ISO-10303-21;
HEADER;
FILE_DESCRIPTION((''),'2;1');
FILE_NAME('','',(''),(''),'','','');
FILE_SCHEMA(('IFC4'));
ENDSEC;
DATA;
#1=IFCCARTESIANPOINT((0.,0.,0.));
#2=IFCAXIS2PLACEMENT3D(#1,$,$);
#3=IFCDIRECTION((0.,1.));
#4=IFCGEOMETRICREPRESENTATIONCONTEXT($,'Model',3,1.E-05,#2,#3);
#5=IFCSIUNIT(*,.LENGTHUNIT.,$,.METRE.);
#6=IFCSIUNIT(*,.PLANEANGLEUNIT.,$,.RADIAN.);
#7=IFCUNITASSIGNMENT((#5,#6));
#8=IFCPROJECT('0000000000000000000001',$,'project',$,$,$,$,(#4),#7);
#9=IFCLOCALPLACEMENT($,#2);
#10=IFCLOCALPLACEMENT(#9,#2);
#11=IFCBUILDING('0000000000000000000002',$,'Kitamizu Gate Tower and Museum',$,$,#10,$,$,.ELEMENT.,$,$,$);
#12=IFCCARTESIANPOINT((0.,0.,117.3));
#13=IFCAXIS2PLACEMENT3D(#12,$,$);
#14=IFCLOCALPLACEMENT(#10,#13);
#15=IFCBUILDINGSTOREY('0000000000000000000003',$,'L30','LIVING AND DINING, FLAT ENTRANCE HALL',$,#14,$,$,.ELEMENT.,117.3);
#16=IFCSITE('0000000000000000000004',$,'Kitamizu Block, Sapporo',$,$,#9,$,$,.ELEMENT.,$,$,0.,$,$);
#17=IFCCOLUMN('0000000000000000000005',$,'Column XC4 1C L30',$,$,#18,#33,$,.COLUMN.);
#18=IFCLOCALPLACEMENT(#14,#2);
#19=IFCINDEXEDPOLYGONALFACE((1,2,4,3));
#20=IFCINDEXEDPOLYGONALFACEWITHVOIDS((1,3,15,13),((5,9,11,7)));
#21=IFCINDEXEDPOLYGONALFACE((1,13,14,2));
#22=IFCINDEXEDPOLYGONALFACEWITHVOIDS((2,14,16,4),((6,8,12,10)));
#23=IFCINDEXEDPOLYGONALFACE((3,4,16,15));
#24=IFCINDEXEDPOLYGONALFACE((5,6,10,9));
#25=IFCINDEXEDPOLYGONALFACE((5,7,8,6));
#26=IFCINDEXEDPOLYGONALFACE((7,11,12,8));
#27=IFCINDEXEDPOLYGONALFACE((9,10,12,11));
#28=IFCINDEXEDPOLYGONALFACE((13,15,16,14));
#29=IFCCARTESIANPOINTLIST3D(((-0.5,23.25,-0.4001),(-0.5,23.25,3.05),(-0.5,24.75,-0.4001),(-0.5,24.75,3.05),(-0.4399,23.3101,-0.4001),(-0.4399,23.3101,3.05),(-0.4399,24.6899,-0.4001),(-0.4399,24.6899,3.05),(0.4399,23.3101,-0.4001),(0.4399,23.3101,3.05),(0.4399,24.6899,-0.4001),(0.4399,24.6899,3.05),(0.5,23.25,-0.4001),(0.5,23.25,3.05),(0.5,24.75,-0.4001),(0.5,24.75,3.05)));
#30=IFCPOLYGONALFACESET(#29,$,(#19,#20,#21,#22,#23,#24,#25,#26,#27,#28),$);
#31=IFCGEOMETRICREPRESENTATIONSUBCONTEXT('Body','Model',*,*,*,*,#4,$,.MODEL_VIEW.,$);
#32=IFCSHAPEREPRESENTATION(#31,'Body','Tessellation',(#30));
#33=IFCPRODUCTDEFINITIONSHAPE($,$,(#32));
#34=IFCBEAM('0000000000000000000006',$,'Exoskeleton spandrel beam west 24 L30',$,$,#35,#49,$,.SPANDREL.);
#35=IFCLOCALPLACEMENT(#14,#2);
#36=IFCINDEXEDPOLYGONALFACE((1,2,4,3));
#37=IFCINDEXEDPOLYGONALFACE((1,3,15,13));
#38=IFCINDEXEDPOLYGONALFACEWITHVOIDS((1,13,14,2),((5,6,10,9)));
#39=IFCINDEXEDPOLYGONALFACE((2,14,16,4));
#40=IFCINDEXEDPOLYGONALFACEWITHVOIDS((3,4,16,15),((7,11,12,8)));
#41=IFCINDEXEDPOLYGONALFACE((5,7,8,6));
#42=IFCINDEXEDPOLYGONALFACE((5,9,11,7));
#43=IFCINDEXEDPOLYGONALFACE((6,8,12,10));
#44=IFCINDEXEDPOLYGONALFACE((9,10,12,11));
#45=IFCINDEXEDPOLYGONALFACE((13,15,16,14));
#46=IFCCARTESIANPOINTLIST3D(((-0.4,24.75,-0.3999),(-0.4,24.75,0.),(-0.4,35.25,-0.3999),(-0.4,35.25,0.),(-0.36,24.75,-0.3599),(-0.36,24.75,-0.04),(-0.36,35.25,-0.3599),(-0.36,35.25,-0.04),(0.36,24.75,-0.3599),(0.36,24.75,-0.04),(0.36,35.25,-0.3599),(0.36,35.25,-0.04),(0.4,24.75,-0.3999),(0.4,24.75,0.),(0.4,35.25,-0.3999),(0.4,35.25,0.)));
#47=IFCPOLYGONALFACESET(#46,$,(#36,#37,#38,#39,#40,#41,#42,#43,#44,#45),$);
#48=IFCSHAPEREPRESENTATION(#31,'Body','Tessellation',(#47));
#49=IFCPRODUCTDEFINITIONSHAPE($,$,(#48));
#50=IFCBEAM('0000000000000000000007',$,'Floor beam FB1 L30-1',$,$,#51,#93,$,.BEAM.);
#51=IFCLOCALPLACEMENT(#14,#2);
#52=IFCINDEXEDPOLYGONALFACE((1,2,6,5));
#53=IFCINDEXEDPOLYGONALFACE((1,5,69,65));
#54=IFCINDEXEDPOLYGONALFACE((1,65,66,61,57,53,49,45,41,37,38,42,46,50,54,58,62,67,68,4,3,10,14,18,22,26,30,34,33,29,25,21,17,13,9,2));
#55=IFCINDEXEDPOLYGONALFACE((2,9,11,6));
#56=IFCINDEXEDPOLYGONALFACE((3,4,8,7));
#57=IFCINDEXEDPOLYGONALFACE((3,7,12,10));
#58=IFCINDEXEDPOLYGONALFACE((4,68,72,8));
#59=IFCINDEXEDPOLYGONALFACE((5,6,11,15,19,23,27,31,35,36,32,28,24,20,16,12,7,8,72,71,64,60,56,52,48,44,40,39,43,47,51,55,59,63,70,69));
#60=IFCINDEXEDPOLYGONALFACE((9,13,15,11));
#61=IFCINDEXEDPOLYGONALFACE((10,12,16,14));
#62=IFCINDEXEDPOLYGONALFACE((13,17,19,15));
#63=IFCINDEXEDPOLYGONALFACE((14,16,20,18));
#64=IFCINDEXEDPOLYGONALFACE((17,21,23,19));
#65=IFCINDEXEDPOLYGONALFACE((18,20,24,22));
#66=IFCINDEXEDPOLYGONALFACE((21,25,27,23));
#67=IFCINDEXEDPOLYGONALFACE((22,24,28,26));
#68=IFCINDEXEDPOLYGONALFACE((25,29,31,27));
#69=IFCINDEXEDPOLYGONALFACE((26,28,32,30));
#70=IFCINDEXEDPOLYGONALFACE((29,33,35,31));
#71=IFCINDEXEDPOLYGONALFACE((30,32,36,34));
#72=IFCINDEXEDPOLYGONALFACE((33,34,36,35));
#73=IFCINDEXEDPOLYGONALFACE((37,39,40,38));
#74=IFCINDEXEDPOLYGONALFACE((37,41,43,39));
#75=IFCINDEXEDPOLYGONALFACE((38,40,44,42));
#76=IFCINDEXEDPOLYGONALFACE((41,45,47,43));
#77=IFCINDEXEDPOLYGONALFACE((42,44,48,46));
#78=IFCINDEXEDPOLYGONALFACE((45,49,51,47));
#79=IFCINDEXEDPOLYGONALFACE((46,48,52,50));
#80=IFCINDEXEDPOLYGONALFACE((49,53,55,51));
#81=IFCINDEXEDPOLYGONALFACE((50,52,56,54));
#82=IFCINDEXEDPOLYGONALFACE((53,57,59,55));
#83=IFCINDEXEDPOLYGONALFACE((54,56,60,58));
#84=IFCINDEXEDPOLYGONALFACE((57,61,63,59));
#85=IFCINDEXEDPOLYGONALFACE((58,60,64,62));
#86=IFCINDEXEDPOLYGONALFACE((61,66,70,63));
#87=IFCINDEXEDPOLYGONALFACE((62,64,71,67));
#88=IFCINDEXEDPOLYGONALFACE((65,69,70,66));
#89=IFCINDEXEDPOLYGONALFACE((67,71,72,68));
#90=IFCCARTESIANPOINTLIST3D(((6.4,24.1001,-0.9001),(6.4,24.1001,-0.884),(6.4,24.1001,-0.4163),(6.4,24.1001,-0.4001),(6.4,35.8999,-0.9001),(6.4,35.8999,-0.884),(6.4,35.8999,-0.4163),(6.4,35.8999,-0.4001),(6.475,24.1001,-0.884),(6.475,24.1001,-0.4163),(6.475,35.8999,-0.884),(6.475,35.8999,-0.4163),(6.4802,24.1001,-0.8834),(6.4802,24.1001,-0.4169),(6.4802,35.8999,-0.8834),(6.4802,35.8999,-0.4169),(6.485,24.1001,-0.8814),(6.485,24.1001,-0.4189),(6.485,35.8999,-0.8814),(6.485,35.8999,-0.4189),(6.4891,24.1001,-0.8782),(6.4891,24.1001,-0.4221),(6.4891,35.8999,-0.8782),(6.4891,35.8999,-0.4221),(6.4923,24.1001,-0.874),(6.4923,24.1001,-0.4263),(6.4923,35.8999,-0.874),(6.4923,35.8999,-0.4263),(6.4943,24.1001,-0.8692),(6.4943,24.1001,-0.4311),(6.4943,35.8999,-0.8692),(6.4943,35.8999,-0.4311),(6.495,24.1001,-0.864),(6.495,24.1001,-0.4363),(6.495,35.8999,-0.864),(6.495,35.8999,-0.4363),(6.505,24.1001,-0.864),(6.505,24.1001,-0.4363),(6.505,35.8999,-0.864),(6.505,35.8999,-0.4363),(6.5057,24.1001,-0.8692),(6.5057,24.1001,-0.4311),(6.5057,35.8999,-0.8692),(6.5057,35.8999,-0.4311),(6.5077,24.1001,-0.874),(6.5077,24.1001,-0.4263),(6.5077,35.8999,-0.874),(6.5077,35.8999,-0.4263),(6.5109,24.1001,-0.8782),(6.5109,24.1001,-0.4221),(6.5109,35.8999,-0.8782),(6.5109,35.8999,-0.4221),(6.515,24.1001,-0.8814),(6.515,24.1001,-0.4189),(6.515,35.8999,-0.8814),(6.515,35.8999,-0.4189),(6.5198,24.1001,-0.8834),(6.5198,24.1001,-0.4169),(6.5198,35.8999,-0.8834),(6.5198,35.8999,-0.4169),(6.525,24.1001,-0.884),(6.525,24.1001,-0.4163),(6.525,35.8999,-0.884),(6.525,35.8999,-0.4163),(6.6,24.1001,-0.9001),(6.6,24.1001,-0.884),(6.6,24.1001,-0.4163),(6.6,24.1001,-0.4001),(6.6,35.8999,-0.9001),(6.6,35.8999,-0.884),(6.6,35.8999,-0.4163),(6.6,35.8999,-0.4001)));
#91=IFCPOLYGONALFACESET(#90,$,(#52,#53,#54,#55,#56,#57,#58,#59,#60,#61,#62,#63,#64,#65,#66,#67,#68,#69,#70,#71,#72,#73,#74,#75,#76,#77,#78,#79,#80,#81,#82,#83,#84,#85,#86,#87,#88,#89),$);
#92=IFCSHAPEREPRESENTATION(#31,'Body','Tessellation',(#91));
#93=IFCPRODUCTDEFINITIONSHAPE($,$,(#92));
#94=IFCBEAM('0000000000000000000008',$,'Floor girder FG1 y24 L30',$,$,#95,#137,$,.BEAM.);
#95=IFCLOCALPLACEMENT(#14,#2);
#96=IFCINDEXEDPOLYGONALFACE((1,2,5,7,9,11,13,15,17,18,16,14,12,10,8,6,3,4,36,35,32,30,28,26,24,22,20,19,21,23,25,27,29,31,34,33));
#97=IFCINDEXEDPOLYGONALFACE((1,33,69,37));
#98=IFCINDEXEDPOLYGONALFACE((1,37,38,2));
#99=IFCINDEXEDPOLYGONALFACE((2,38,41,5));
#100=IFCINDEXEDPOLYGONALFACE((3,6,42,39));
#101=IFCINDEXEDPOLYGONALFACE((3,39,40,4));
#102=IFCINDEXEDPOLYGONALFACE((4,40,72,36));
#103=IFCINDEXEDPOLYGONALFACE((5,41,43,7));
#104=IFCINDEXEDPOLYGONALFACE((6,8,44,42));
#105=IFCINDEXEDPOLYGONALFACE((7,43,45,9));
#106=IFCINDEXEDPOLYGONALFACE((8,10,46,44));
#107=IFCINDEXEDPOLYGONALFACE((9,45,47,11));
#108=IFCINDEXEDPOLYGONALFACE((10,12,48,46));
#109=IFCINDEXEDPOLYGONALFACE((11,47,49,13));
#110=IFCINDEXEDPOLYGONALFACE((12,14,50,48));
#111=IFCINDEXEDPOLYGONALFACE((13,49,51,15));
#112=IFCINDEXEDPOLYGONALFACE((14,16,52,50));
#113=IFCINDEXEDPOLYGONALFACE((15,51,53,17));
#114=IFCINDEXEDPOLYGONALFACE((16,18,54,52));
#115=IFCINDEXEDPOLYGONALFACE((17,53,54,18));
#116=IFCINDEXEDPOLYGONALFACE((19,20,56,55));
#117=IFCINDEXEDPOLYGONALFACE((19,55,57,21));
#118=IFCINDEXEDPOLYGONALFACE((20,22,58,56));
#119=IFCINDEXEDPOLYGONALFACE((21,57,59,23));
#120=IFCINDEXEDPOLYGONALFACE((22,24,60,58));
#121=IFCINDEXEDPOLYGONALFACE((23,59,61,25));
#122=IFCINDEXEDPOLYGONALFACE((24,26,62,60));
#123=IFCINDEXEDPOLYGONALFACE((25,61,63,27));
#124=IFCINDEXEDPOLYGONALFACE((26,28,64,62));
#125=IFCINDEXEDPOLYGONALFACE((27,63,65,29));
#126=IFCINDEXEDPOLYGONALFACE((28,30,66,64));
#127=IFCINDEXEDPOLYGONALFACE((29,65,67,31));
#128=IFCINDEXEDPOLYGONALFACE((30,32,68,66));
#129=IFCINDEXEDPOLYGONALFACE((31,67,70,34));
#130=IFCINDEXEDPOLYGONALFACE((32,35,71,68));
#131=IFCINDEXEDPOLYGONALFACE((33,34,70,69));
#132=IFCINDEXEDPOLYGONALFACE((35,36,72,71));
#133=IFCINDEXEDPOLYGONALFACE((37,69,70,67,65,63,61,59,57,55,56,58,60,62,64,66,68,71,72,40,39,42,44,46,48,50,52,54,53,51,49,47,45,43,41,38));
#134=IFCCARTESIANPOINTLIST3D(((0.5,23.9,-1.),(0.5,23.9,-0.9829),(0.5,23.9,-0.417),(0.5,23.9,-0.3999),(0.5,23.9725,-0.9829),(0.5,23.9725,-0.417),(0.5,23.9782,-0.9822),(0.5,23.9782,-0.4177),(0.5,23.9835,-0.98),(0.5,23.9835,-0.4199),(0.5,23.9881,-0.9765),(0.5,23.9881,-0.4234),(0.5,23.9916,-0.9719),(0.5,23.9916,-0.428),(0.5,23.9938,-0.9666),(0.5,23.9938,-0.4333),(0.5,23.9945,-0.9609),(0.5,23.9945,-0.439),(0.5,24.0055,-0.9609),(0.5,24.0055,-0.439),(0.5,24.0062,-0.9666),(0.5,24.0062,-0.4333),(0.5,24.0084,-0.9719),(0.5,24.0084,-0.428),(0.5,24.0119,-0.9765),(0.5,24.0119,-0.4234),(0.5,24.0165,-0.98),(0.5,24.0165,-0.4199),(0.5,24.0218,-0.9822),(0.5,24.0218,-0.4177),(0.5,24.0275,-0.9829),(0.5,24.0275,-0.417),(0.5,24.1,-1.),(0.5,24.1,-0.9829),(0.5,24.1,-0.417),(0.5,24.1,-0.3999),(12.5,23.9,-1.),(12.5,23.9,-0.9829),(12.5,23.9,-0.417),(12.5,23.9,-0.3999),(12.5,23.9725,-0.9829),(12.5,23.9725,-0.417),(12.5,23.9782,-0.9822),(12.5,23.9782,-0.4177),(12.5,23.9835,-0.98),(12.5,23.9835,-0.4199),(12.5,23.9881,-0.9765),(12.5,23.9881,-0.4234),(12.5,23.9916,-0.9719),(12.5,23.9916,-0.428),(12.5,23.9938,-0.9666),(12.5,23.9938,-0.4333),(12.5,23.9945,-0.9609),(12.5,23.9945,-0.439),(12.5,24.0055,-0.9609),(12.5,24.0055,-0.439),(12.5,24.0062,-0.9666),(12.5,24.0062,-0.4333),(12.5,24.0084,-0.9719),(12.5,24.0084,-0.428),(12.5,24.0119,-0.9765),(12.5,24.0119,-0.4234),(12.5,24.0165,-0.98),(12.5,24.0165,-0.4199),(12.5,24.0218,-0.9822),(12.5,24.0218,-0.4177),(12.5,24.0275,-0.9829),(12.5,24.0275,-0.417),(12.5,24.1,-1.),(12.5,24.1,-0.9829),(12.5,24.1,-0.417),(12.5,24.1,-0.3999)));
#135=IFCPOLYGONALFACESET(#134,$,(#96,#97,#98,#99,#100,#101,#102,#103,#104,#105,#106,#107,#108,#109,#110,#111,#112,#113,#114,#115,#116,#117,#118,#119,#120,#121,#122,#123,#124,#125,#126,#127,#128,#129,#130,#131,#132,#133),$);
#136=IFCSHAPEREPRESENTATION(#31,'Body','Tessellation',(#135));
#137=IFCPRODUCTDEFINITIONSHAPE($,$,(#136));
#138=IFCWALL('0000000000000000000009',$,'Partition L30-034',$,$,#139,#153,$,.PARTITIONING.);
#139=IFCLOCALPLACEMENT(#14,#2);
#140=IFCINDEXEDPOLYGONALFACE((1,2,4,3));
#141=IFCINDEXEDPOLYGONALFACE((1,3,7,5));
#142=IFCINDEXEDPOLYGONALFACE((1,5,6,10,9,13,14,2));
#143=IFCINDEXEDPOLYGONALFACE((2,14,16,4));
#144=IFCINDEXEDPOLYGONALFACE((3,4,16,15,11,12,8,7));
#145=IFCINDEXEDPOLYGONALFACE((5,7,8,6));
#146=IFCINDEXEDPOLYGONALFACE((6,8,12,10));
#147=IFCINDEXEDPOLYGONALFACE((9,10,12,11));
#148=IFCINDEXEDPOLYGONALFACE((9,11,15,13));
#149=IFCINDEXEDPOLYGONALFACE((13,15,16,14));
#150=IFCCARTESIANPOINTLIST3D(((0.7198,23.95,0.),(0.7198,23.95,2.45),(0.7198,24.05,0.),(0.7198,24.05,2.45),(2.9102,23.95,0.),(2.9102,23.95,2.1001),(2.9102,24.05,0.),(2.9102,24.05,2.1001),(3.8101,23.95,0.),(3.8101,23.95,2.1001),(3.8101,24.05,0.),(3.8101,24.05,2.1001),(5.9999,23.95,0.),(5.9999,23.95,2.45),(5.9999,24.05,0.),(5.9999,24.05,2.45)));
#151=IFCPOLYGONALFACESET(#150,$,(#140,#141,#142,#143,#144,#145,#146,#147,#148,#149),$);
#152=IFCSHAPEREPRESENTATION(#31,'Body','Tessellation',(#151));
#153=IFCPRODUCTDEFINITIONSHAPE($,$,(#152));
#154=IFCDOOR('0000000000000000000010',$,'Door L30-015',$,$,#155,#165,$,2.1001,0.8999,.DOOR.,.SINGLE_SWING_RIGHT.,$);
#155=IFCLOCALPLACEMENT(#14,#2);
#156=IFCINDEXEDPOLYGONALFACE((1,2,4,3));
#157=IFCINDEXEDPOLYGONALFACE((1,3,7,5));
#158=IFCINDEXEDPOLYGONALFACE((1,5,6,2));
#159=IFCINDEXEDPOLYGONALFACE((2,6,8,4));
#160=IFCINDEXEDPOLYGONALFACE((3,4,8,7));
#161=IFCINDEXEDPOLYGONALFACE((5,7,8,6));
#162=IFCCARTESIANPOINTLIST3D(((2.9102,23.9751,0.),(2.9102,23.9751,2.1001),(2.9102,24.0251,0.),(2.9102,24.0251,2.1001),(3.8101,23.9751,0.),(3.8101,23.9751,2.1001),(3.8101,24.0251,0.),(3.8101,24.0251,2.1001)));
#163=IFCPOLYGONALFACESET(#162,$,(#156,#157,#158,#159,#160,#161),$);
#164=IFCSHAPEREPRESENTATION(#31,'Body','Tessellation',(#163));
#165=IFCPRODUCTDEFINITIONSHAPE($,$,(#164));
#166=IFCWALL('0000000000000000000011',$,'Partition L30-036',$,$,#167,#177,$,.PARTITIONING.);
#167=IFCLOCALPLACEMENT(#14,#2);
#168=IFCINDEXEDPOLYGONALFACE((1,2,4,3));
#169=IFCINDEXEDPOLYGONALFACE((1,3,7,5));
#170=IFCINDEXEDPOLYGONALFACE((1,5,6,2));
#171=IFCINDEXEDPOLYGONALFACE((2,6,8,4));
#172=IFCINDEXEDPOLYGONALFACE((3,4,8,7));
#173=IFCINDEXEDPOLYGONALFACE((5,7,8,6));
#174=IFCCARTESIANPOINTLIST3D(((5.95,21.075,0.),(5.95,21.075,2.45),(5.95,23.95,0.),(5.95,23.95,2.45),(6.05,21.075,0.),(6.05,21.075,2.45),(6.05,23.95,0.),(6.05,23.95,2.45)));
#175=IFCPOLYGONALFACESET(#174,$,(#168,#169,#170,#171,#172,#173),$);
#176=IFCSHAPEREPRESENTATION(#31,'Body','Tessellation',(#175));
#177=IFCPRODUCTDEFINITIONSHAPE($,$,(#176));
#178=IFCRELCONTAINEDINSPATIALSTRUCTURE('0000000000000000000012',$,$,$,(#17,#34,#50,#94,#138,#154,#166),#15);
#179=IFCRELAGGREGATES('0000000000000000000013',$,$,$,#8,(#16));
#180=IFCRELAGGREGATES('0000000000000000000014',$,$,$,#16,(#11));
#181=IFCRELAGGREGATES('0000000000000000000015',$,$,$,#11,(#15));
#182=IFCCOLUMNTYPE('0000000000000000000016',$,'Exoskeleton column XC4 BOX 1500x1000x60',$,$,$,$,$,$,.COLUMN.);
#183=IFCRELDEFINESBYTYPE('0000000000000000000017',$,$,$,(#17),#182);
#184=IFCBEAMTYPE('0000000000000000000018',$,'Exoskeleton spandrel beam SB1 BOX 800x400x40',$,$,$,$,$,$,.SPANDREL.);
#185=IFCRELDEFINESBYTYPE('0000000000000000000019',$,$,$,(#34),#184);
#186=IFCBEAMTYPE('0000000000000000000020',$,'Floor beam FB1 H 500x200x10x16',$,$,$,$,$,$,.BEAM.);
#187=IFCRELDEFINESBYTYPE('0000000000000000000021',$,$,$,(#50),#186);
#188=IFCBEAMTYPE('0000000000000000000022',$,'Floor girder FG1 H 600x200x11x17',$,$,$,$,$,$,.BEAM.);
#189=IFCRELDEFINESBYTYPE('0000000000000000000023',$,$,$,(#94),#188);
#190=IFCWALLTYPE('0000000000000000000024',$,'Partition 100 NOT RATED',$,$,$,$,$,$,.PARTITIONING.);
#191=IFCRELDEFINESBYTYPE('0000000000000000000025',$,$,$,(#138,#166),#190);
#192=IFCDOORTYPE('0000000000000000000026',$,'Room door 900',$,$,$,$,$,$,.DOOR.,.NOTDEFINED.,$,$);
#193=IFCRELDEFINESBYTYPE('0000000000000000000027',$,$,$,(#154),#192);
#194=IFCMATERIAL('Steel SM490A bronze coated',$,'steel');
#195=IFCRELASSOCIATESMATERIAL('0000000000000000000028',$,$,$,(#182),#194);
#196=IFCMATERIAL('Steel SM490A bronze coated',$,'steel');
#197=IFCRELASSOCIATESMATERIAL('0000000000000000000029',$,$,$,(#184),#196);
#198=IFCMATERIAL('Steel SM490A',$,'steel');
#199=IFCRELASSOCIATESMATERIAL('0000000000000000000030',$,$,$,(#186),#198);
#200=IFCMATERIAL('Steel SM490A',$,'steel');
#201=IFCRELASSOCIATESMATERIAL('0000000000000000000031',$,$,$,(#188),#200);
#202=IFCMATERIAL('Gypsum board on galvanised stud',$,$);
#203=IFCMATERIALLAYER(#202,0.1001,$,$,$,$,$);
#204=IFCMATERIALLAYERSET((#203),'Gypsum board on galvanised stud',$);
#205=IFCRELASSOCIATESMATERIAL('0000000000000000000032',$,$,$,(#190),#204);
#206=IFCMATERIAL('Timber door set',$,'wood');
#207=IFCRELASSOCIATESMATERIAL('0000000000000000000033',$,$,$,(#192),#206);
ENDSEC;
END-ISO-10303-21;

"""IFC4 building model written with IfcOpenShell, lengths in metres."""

from ifc_helpers import new_model, si_unit, direction, frame, frame_2d, origin, origin_2d, place, context, subcontext, project, spatial, rectangle, hollow_rectangle, i_section, extrude, material, layer, layer_set, material_profile, profile_set, type_object, element, fill, save


model = new_model("IFC4")

# Units and contexts
model_context = context("Model", 3, precision=1e-05, world=origin(), true_north=direction((0.0, 1.0)))
body_context = subcontext(model_context, "Body", "Model", "MODEL_VIEW")
ifc_project = project(units=[si_unit("LENGTHUNIT", "METRE"), si_unit("PLANEANGLEUNIT", "RADIAN")], contexts=[model_context])

# Site, building, storey
site_placement = place(None, origin())
site = spatial("IfcSite", under=ifc_project, at=site_placement, Name="Kitamizu Block, Sapporo", CompositionType="ELEMENT", RefElevation=0.0)
building_placement = place(site_placement, origin())
building = spatial("IfcBuilding", under=site, at=building_placement, Name="Kitamizu Gate Tower and Museum", CompositionType="ELEMENT")
storey_placement = place(building_placement, frame((0.0, 0.0, 117.3)))
storey = spatial("IfcBuildingStorey", under=building, at=storey_placement, Name="L30", Description="LIVING AND DINING, FLAT ENTRANCE HALL", CompositionType="ELEMENT", Elevation=117.3)

# Column
ifc_material_1 = material(Name="Steel SM490A bronze coated", Category="steel")
ifc_material_profile_1 = material_profile(ifc_material_1, hollow_rectangle(XDim=1.5, YDim=1.0, WallThickness=0.0601, at=origin_2d()), Name="BOX 1500x1000x60")
ifc_profile_set_1 = profile_set([ifc_material_profile_1], Name="Steel SM490A bronze coated")
column_type = type_object("IfcColumnType", Name="Exoskeleton column XC4 BOX 1500x1000x60", PredefinedType="COLUMN", material=ifc_profile_set_1)
column_placement = place(storey_placement, frame((0.0, 24.0, -0.4001), z_axis=(0.0, 0.0, 1.0), x_axis=(0.0, 1.0, 0.0)))
element("IfcColumn", 1, at=column_placement, inside=storey, type_object=column_type, Name="Column XC4 1C L30", PredefinedType="COLUMN", context=body_context, shape_type="SweptSolid", body=[
    extrude(hollow_rectangle(XDim=1.5, YDim=1.0, WallThickness=0.0601, at=origin_2d()), origin(), (0.0, 0.0, 1.0), 3.4502),
])

# Beams
ifc_material_2 = material(Name="Steel SM490A bronze coated", Category="steel")
ifc_material_profile_2 = material_profile(ifc_material_2, hollow_rectangle(XDim=0.8, YDim=0.3999, WallThickness=0.04, at=origin_2d()), Name="BOX 800x400x40")
ifc_profile_set_2 = profile_set([ifc_material_profile_2], Name="Steel SM490A bronze coated")
beam_type_1 = type_object("IfcBeamType", Name="Exoskeleton spandrel beam SB1 BOX 800x400x40", PredefinedType="SPANDREL", material=ifc_profile_set_2)
beam_1_placement = place(storey_placement, frame((0.0, 24.75, -0.2), z_axis=(0.0, 1.0, 0.0), x_axis=(-1.0, 0.0, 0.0)))
element("IfcBeam", 2, at=beam_1_placement, inside=storey, type_object=beam_type_1, Name="Exoskeleton spandrel beam west 24 L30", PredefinedType="SPANDREL", context=body_context, shape_type="SweptSolid", body=[
    extrude(hollow_rectangle(XDim=0.8, YDim=0.3999, WallThickness=0.04, at=origin_2d()), origin(), (0.0, 0.0, 1.0), 10.5),
])
ifc_material_3 = material(Name="Steel SM490A", Category="steel")
ifc_material_profile_3 = material_profile(ifc_material_3, i_section(OverallWidth=0.2, OverallDepth=0.5, WebThickness=0.01, FlangeThickness=0.0161, FilletRadius=0.02, at=origin_2d()), Name="H-500x200x10x16")
ifc_profile_set_3 = profile_set([ifc_material_profile_3], Name="Steel SM490A")
beam_type_2 = type_object("IfcBeamType", Name="Floor beam FB1 H 500x200x10x16", PredefinedType="BEAM", material=ifc_profile_set_3)
beam_2_placement = place(storey_placement, frame((6.5, 24.1001, -0.6501), z_axis=(0.0, 1.0, 0.0), x_axis=(-1.0, 0.0, 0.0)))
element("IfcBeam", 3, at=beam_2_placement, inside=storey, type_object=beam_type_2, Name="Floor beam FB1 L30-1", PredefinedType="BEAM", context=body_context, shape_type="SweptSolid", body=[
    extrude(i_section(OverallWidth=0.2, OverallDepth=0.5, WebThickness=0.01, FlangeThickness=0.0161, FilletRadius=0.02, at=origin_2d()), origin(), (0.0, 0.0, 1.0), 11.7998),
])
ifc_material_4 = material(Name="Steel SM490A", Category="steel")
ifc_material_profile_4 = material_profile(ifc_material_4, i_section(OverallWidth=0.2, OverallDepth=0.6001, WebThickness=0.011, FlangeThickness=0.0171, FilletRadius=0.022, at=origin_2d()), Name="H-600x200x11x17")
ifc_profile_set_4 = profile_set([ifc_material_profile_4], Name="Steel SM490A")
beam_type_3 = type_object("IfcBeamType", Name="Floor girder FG1 H 600x200x11x17", PredefinedType="BEAM", material=ifc_profile_set_4)
beam_3_placement = place(storey_placement, frame((0.5, 24.0, -0.7), z_axis=(1.0, 0.0, 0.0), x_axis=(0.0, 1.0, 0.0)))
element("IfcBeam", 4, at=beam_3_placement, inside=storey, type_object=beam_type_3, Name="Floor girder FG1 y24 L30", PredefinedType="BEAM", context=body_context, shape_type="SweptSolid", body=[
    extrude(i_section(OverallWidth=0.2, OverallDepth=0.6001, WebThickness=0.011, FlangeThickness=0.0171, FilletRadius=0.022, at=origin_2d()), origin(), (0.0, 0.0, 1.0), 12.0),
])

# Wall, opening, door
ifc_material_5 = material(Name="Gypsum board on galvanised stud")
ifc_layer_1 = layer(ifc_material_5, 0.1001)
ifc_layer_set_1 = layer_set([ifc_layer_1], Name="Gypsum board on galvanised stud")
wall_type_1 = type_object("IfcWallType", Name="Partition 100 NOT RATED", PredefinedType="PARTITIONING", material=ifc_layer_set_1)
wall_1_placement = place(storey_placement, frame((6.0, 24.0, 0.0), z_axis=(0.0, 0.0, 1.0), x_axis=(-1.0, 0.0, 0.0)))
wall_1 = element("IfcWall", 5, at=wall_1_placement, inside=storey, type_object=wall_type_1, Name="Partition L30-034", PredefinedType="PARTITIONING", context=body_context, shape_type="SweptSolid", body=[
    extrude(rectangle(XDim=5.28, YDim=0.1001, at=frame_2d((2.6401, 0.0))), origin(), (0.0, 0.0, 1.0), 2.45),
])
opening_1_placement = place(wall_1_placement, frame((2.1899, 0.0, 0.0)))
opening_1 = element("IfcOpeningElement", 6, at=opening_1_placement, cuts=wall_1, PredefinedType="OPENING", context=body_context, shape_type="SweptSolid", body=[
    extrude(rectangle(XDim=0.8999, YDim=2.1001, at=frame_2d((0.45, 1.05))), frame((0.0, 0.0601, 0.0), z_axis=(0.0, -1.0, 0.0), x_axis=(1.0, 0.0, 0.0)), (0.0, 0.0, 1.0), 0.1201),
])
ifc_material_6 = material(Name="Timber door set", Category="wood")
door_type_1 = type_object("IfcDoorType", Name="Room door 900", OperationType="NOTDEFINED", PredefinedType="DOOR", material=ifc_material_6)
door_1_placement = place(opening_1_placement, origin())
door_1 = element("IfcDoor", 7, at=door_1_placement, inside=storey, type_object=door_type_1, Name="Door L30-015", OperationType="SINGLE_SWING_RIGHT", OverallHeight=2.1001, OverallWidth=0.8999, PredefinedType="DOOR", context=body_context, shape_type="SweptSolid", body=[
    extrude(rectangle(XDim=0.8999, YDim=2.1001, at=frame_2d((0.45, 1.05))), frame((0.0, 0.0249, 0.0), z_axis=(0.0, -1.0, 0.0), x_axis=(1.0, 0.0, 0.0)), (0.0, 0.0, 1.0), 0.05),
])
fill(opening_1, door_1)

# Wall
wall_2_placement = place(storey_placement, frame((6.0, 21.075, 0.0), z_axis=(0.0, 0.0, 1.0), x_axis=(0.0, 1.0, 0.0)))
element("IfcWall", 8, at=wall_2_placement, inside=storey, type_object=wall_type_1, Name="Partition L30-036", PredefinedType="PARTITIONING", context=body_context, shape_type="SweptSolid", body=[
    extrude(rectangle(XDim=2.875, YDim=0.1001, at=frame_2d((1.4375, 0.0))), origin(), (0.0, 0.0, 1.0), 2.45),
])

save(model, "model.ifc")
